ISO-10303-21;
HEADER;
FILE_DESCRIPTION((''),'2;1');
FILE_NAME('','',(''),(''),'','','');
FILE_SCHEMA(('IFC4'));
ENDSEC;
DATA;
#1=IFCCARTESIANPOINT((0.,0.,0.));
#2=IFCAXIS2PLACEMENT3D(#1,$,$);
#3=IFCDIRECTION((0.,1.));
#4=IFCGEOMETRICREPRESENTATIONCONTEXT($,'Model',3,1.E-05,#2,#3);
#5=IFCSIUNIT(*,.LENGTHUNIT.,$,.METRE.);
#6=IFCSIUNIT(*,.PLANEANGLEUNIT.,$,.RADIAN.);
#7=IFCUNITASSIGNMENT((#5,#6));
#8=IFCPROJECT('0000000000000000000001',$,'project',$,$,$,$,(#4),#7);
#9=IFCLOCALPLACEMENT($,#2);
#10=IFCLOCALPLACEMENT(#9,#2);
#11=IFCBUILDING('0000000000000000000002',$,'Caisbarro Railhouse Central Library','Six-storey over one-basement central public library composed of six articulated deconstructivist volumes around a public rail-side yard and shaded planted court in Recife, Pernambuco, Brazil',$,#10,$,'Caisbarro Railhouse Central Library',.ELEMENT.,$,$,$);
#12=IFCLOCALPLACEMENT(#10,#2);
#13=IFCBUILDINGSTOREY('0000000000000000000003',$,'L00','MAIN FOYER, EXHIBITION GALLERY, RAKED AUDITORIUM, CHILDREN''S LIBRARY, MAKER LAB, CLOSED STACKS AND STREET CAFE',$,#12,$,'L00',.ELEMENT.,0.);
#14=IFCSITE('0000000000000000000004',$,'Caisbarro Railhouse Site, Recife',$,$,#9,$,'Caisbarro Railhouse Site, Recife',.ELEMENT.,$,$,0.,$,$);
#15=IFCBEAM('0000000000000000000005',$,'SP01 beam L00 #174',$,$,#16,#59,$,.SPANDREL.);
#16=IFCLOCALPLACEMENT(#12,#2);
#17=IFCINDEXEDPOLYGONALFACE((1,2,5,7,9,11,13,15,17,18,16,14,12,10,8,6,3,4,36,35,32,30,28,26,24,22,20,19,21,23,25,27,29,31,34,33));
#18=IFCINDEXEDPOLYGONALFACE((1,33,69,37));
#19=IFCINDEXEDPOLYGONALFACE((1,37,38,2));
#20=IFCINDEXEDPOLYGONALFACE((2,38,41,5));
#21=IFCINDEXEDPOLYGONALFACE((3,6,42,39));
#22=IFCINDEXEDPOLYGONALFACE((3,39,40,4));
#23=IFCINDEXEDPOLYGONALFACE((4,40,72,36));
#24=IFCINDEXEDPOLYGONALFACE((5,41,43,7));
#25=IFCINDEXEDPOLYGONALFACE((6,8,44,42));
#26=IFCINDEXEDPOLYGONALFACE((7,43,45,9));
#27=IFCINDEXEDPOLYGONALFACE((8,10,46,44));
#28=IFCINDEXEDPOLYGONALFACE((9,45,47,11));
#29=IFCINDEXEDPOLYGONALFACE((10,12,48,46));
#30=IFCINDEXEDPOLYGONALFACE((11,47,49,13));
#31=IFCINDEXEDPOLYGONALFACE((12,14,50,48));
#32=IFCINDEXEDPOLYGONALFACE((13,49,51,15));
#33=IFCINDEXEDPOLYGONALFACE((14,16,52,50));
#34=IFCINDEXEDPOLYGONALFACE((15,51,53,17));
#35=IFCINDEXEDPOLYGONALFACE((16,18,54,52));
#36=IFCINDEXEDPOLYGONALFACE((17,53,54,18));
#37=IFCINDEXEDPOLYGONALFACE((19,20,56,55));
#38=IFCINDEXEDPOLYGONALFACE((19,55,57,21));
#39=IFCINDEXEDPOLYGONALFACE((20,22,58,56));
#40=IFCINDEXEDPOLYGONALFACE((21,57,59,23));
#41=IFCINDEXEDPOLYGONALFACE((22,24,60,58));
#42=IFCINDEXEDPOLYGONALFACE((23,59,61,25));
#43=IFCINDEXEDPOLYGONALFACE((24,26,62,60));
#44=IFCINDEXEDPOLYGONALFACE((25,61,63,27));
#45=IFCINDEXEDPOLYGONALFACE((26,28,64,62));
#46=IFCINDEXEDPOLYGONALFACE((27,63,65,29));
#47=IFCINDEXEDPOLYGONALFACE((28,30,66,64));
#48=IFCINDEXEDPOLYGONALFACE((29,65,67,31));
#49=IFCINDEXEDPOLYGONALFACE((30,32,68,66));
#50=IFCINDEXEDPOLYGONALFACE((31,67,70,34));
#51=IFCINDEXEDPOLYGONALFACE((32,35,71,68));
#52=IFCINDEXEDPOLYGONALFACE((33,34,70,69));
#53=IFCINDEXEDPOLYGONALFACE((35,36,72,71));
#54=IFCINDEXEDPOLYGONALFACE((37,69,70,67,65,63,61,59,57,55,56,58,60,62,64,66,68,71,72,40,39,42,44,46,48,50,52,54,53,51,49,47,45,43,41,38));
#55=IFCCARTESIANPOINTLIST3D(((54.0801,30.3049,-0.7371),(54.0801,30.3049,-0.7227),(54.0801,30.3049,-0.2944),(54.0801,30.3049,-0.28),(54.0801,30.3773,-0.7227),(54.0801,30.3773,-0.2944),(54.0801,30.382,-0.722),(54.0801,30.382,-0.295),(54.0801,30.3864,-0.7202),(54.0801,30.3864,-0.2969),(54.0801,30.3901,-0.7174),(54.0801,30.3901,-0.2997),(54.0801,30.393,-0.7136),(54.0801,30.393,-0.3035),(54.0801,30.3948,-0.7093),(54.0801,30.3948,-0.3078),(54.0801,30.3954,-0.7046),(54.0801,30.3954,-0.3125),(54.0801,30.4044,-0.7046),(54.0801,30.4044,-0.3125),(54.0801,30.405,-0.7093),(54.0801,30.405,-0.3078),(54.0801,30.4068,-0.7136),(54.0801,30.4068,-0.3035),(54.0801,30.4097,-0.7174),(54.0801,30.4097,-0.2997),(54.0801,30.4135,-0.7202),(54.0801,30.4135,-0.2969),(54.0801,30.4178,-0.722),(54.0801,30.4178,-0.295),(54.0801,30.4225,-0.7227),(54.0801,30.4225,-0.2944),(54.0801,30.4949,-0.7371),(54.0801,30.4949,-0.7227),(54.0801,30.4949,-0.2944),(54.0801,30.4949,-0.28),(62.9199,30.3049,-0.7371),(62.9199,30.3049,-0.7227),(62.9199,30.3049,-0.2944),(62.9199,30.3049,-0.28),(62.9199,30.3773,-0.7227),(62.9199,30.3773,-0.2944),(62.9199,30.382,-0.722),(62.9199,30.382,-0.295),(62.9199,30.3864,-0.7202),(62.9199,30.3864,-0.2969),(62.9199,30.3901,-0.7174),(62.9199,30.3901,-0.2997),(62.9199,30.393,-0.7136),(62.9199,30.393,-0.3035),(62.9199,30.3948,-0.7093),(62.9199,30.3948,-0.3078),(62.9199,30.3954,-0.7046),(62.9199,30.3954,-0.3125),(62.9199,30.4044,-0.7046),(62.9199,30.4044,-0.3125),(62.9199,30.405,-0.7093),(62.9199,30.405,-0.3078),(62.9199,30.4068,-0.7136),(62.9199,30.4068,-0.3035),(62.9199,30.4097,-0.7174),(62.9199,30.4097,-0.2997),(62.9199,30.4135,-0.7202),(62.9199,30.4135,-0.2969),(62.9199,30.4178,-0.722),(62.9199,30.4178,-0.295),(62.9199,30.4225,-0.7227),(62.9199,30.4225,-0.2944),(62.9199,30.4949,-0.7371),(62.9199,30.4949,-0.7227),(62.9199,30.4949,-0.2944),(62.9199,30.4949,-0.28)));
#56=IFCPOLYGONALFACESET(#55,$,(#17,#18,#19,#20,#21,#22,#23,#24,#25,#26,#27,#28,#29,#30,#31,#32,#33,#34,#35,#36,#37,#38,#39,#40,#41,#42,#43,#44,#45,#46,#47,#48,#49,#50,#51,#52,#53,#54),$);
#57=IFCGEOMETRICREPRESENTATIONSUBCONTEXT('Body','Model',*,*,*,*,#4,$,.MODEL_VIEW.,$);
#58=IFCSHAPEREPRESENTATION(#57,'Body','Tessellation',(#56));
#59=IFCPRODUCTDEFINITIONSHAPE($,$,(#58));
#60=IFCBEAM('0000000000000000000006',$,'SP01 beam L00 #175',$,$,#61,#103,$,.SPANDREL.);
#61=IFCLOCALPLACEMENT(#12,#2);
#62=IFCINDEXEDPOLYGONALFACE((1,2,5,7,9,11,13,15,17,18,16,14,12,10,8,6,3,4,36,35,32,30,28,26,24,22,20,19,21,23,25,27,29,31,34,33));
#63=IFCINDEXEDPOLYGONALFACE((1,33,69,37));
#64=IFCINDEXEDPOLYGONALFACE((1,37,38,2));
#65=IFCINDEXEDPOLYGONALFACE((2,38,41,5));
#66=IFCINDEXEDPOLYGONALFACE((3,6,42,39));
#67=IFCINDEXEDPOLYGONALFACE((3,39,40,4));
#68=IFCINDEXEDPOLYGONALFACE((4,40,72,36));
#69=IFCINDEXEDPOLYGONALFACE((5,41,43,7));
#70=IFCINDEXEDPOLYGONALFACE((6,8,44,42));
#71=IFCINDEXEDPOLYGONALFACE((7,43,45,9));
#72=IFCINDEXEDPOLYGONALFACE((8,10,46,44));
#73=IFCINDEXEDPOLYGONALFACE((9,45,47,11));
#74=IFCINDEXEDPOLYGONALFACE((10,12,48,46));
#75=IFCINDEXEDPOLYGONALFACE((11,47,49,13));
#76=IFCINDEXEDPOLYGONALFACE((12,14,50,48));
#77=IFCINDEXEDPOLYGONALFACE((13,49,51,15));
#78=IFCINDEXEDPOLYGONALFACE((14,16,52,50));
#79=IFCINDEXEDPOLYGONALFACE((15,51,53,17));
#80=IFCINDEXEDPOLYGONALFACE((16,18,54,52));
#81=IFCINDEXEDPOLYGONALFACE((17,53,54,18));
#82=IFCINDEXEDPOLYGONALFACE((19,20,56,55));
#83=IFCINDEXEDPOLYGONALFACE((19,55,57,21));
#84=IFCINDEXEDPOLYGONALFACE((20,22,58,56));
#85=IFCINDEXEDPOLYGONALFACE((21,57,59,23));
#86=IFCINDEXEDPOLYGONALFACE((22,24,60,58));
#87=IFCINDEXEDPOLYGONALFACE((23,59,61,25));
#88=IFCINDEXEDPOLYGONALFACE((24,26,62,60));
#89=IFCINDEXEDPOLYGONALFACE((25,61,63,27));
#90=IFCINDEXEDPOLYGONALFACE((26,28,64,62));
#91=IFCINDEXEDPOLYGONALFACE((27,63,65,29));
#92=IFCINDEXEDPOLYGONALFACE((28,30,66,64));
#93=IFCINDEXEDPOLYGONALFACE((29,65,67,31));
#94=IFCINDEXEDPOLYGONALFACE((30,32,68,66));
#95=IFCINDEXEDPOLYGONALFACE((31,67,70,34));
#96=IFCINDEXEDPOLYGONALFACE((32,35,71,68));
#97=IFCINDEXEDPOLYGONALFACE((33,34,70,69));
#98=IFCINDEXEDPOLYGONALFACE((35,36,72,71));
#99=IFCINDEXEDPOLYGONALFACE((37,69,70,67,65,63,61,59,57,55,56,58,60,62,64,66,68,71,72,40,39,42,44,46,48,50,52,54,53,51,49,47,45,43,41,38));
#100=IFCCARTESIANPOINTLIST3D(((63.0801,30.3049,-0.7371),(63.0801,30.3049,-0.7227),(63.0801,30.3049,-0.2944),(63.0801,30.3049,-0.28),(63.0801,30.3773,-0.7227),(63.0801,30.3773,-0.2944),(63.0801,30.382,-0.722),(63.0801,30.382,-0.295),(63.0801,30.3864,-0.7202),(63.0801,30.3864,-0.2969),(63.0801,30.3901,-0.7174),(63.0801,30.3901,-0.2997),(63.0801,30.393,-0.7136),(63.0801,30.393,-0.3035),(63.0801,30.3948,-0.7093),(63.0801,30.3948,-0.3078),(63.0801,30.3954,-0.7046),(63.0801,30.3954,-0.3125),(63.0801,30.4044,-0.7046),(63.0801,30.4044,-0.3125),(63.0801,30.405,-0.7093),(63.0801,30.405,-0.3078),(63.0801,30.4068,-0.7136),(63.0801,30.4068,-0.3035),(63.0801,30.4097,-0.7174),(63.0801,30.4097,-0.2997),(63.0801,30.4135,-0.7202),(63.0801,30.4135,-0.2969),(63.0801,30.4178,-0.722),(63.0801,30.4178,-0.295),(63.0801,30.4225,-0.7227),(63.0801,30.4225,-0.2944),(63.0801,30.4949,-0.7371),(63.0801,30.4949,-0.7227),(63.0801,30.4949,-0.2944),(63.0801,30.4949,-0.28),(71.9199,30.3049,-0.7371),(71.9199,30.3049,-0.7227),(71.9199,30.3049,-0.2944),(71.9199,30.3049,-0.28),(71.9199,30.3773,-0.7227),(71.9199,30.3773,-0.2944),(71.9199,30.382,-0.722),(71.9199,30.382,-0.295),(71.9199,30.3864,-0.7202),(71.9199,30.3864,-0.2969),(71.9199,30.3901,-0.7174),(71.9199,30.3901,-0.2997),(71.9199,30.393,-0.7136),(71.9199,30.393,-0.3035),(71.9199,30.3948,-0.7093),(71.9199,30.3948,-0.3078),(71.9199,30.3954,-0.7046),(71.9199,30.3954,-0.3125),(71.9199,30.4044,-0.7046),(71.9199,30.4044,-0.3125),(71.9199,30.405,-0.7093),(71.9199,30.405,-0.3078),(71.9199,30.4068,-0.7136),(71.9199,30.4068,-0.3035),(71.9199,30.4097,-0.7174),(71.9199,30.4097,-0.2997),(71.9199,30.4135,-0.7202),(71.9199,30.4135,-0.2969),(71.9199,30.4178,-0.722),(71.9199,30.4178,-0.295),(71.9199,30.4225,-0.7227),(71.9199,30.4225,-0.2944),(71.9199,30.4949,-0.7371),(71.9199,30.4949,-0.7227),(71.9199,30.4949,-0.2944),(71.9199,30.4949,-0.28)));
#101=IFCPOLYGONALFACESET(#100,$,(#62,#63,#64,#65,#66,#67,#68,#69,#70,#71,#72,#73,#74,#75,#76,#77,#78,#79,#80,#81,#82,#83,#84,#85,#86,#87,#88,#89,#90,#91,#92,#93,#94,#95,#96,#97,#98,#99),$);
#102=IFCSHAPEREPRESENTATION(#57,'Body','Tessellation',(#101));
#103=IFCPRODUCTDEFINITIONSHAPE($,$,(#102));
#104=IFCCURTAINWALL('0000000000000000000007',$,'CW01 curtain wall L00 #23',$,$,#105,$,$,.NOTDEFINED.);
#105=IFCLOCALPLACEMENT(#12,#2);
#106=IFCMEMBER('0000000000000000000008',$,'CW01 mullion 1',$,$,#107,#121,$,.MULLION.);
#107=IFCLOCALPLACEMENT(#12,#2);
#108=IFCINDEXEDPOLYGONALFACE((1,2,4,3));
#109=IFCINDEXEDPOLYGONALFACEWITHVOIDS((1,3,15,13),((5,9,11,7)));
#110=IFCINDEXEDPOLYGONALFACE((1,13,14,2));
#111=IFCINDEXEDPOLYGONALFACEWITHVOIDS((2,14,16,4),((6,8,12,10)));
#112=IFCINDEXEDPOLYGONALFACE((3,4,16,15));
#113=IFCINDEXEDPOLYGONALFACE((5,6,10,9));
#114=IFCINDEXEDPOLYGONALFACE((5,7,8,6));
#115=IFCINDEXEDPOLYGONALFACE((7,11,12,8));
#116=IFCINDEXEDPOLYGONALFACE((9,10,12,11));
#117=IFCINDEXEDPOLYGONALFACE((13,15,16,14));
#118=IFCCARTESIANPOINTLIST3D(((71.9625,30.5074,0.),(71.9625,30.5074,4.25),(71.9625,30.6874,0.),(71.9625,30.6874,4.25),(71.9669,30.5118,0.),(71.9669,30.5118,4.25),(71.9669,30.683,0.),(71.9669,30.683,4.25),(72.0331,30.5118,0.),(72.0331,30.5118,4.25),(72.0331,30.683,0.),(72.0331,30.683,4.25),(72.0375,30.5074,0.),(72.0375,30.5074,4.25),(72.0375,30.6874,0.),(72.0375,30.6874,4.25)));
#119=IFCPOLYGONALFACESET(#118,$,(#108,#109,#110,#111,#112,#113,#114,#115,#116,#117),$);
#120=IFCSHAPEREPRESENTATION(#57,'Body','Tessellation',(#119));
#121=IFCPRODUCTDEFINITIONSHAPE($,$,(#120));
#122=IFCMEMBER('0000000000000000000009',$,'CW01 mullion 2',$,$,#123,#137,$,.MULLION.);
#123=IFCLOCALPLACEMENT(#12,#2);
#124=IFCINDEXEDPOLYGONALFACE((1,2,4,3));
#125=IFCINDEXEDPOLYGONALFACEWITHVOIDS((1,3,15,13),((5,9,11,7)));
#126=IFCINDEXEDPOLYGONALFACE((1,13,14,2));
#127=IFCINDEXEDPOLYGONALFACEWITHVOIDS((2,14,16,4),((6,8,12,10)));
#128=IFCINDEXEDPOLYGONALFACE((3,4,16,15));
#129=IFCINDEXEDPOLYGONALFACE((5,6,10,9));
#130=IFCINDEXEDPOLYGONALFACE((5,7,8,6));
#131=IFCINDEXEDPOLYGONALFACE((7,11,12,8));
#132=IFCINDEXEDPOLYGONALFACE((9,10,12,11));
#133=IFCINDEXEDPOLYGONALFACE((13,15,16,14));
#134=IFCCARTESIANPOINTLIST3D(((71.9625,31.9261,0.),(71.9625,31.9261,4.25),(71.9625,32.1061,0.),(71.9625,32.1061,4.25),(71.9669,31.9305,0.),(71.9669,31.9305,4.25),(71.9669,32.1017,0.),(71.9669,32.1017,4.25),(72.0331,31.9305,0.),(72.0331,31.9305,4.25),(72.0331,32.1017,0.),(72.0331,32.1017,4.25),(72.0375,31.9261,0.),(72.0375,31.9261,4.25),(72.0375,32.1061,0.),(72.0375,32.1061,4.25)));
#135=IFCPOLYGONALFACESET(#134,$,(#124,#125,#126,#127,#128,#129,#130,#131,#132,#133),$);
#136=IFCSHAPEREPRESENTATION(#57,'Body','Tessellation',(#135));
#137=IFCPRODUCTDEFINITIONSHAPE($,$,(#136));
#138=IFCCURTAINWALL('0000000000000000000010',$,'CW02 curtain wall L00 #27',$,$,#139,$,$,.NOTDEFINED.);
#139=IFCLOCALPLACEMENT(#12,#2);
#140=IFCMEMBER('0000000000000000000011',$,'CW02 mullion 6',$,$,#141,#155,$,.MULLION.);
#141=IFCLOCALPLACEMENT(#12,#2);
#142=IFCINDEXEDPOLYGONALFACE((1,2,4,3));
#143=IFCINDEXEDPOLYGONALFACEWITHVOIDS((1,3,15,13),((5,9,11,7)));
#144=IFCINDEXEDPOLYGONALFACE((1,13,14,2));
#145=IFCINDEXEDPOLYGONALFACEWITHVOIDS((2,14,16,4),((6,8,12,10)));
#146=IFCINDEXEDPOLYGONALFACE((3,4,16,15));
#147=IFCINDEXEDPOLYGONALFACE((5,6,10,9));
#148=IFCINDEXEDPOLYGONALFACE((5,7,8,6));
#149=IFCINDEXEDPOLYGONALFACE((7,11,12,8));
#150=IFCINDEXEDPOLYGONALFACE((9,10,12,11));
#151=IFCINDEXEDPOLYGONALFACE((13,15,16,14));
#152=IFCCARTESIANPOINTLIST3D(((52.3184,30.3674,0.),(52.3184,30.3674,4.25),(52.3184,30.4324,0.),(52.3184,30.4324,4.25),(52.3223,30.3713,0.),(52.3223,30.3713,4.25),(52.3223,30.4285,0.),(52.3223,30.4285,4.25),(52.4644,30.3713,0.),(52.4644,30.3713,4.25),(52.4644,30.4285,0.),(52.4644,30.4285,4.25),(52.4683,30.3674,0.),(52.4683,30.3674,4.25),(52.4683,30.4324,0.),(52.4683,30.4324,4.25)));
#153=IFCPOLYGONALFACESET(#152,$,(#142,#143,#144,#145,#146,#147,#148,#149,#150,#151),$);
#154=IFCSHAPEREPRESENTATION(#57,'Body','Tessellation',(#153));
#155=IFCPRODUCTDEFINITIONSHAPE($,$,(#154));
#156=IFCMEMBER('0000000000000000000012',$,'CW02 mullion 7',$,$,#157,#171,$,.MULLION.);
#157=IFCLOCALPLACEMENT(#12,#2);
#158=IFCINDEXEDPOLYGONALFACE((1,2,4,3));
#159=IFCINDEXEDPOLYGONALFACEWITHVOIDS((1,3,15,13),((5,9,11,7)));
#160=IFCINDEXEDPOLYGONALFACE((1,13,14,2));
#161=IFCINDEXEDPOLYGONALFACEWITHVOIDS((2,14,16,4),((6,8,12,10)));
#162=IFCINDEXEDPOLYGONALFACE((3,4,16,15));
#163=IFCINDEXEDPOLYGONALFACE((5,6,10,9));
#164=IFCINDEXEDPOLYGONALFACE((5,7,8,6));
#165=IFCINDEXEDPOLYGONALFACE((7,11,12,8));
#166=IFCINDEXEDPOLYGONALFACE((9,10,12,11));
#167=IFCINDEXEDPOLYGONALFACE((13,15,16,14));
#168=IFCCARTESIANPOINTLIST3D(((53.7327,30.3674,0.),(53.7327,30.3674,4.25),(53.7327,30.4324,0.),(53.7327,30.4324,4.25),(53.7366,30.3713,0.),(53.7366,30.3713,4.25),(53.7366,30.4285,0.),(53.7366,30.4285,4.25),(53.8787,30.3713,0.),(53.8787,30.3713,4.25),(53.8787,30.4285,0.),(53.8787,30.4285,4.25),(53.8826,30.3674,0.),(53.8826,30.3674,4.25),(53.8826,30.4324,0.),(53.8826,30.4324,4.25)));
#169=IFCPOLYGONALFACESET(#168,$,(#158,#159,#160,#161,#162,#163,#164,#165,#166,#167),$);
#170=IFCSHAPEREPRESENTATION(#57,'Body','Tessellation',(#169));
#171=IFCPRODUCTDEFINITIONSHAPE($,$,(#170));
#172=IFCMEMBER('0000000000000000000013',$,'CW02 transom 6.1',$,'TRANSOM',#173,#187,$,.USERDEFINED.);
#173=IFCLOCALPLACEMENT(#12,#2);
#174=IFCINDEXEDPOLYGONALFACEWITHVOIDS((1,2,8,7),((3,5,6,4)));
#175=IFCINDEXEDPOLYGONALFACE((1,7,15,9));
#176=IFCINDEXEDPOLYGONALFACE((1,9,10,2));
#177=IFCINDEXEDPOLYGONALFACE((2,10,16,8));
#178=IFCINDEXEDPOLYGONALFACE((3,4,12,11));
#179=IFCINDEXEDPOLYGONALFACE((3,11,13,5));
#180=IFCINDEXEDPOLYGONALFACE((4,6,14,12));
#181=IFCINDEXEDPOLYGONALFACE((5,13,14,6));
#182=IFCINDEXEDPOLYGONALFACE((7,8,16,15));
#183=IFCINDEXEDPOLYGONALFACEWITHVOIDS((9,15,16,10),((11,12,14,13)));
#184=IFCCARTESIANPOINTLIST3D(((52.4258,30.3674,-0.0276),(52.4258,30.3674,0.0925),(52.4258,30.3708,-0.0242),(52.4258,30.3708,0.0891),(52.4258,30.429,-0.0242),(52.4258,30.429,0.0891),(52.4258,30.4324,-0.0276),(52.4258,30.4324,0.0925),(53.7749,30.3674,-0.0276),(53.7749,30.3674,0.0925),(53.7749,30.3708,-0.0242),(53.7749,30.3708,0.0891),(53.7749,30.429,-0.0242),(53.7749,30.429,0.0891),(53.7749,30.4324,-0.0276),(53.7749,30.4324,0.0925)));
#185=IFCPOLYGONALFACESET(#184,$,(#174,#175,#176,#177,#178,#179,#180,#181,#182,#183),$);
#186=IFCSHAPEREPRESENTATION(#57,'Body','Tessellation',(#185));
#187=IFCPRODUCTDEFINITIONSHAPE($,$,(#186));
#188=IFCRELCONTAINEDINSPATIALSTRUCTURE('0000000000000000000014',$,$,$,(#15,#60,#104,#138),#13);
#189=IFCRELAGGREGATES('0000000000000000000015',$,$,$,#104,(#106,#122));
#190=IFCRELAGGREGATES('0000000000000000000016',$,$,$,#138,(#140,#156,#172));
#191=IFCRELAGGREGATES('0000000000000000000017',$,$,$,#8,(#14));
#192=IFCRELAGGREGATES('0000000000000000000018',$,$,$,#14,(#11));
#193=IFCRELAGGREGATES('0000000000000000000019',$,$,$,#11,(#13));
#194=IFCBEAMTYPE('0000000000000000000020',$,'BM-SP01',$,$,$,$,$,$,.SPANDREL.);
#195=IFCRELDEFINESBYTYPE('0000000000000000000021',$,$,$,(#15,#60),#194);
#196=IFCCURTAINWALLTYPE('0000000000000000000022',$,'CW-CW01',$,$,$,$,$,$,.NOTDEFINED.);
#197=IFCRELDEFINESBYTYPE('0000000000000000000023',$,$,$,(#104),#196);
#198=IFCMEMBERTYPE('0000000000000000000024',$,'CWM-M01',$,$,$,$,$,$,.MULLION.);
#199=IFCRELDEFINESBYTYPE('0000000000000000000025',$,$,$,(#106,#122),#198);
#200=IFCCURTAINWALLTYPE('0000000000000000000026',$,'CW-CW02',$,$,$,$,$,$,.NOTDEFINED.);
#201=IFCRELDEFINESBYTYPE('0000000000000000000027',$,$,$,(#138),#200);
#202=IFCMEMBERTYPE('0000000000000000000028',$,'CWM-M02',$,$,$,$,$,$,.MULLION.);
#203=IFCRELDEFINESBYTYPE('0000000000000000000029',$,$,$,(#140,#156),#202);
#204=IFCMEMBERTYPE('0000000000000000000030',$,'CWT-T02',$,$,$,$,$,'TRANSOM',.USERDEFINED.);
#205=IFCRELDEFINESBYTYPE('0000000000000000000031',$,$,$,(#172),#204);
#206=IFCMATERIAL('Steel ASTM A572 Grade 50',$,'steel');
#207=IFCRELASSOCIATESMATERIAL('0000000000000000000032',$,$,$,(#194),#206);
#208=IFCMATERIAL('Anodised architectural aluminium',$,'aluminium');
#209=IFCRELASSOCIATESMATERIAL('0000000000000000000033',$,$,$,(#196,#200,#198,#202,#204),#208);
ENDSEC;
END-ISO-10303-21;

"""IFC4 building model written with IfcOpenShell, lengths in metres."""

from ifc_helpers import new_model, si_unit, direction, frame, origin, origin_2d, place, context, subcontext, project, spatial, hollow_rectangle, i_section, extrude, material, material_profile, profile_set, type_object, element, aggregate, save


model = new_model("IFC4")

# Units and contexts
model_context = context("Model", 3, precision=1e-05, world=origin(), true_north=direction((0.0, 1.0)))
body_context = subcontext(model_context, "Body", "Model", "MODEL_VIEW")
ifc_project = project(units=[si_unit("LENGTHUNIT", "METRE"), si_unit("PLANEANGLEUNIT", "RADIAN")], contexts=[model_context])

# Site, building, storey
site_placement = place(None, origin())
site = spatial("IfcSite", under=ifc_project, at=site_placement, Name="Caisbarro Railhouse Site, Recife", LongName="Caisbarro Railhouse Site, Recife", CompositionType="ELEMENT", RefElevation=0.0)
building_placement = place(site_placement, origin())
building = spatial("IfcBuilding", under=site, at=building_placement, Name="Caisbarro Railhouse Central Library", Description="Six-storey over one-basement central public library composed of six articulated deconstructivist volumes around a public rail-side yard and shaded planted court in Recife, Pernambuco, Brazil", LongName="Caisbarro Railhouse Central Library", CompositionType="ELEMENT")
storey_placement = place(building_placement, origin())
storey = spatial("IfcBuildingStorey", under=building, at=storey_placement, Name="L00", Description="MAIN FOYER, EXHIBITION GALLERY, RAKED AUDITORIUM, CHILDREN'S LIBRARY, MAKER LAB, CLOSED STACKS AND STREET CAFE", LongName="L00", CompositionType="ELEMENT", Elevation=0.0)

# Shared definitions
ifc_material_1 = material(Name="Steel ASTM A572 Grade 50", Category="steel")

# Beams
ifc_material_profile_1 = material_profile(ifc_material_1, i_section(OverallWidth=0.1899, OverallDepth=0.457, WebThickness=0.009, FlangeThickness=0.0144, FilletRadius=0.0181, at=origin_2d()), Name="W460X74.0")
ifc_profile_set_1 = profile_set([ifc_material_profile_1], Name="Steel ASTM A572 Grade 50")
beam_type_1 = type_object("IfcBeamType", Name="BM-SP01", PredefinedType="SPANDREL", material=ifc_profile_set_1)
for number, where, z_axis, x_axis, name in (
    (1, (54.0801, 30.3999, -0.5085), (1.0, 0.0, 0.0), (0.0, 1.0, 0.0), "SP01 beam L00 #174"),
    (2, (63.0801, 30.3999, -0.5085), (1.0, 0.0, 0.0), (0.0, 1.0, 0.0), "SP01 beam L00 #175"),
):
    element("IfcBeam", number, at=place(storey_placement, frame(where, z_axis=z_axis, x_axis=x_axis)), inside=storey, type_object=beam_type_1, Name=name, PredefinedType="SPANDREL", context=body_context, shape_type="SweptSolid", body=[
        extrude(i_section(OverallWidth=0.1899, OverallDepth=0.457, WebThickness=0.009, FlangeThickness=0.0144, FilletRadius=0.0181, at=origin_2d()), origin(), (0.0, 0.0, 1.0), 8.8398),
    ])

# Curtain wall, members
ifc_material_2 = material(Name="Anodised architectural aluminium", Category="aluminium")
curtain_wall_type_1 = type_object("IfcCurtainWallType", Name="CW-CW01", PredefinedType="NOTDEFINED", material=ifc_material_2)
curtain_wall_1_placement = place(storey_placement, origin())
curtain_wall_1 = element("IfcCurtainWall", 3, at=curtain_wall_1_placement, inside=storey, type_object=curtain_wall_type_1, Name="CW01 curtain wall L00 #23", PredefinedType="NOTDEFINED")
ifc_material_profile_2 = material_profile(ifc_material_2, hollow_rectangle(XDim=0.075, YDim=0.1799, WallThickness=0.0044, at=origin_2d()), Name="ALU-MUL-75X180")
ifc_profile_set_2 = profile_set([ifc_material_profile_2], Name="Anodised architectural aluminium")
member_type_1 = type_object("IfcMemberType", Name="CWM-M01", PredefinedType="MULLION", material=ifc_profile_set_2)
member_1_placement = place(storey_placement, frame((72.0, 30.5974, 0.0), z_axis=(0.0, 0.0, 1.0), x_axis=(-1.0, 0.0, 0.0)))
member_1 = element("IfcMember", 4, at=member_1_placement, type_object=member_type_1, Name="CW01 mullion 1", PredefinedType="MULLION", context=body_context, shape_type="SweptSolid", body=[
    extrude(hollow_rectangle(XDim=0.075, YDim=0.1799, WallThickness=0.0044, at=origin_2d()), origin(), (0.0, 0.0, 1.0), 4.25),
])
member_2_placement = place(storey_placement, frame((72.0, 32.0161, 0.0), z_axis=(0.0, 0.0, 1.0), x_axis=(-1.0, 0.0, 0.0)))
member_2 = element("IfcMember", 5, at=member_2_placement, type_object=member_type_1, Name="CW01 mullion 2", PredefinedType="MULLION", context=body_context, shape_type="SweptSolid", body=[
    extrude(hollow_rectangle(XDim=0.075, YDim=0.1799, WallThickness=0.0044, at=origin_2d()), origin(), (0.0, 0.0, 1.0), 4.25),
])
aggregate(curtain_wall_1, [member_1, member_2])

# Curtain wall, members
curtain_wall_type_2 = type_object("IfcCurtainWallType", Name="CW-CW02", PredefinedType="NOTDEFINED", material=ifc_material_2)
curtain_wall_2_placement = place(storey_placement, origin())
curtain_wall_2 = element("IfcCurtainWall", 6, at=curtain_wall_2_placement, inside=storey, type_object=curtain_wall_type_2, Name="CW02 curtain wall L00 #27", PredefinedType="NOTDEFINED")
ifc_material_profile_3 = material_profile(ifc_material_2, hollow_rectangle(XDim=0.0649, YDim=0.1499, WallThickness=0.0039, at=origin_2d()), Name="ALU-MUL-65X150")
ifc_profile_set_3 = profile_set([ifc_material_profile_3], Name="Anodised architectural aluminium")
member_type_2 = type_object("IfcMemberType", Name="CWM-M02", PredefinedType="MULLION", material=ifc_profile_set_3)
member_3_placement = place(storey_placement, frame((52.3933, 30.3999, 0.0), z_axis=(0.0, 0.0, 1.0), x_axis=(0.0, 1.0, 0.0)))
member_3 = element("IfcMember", 7, at=member_3_placement, type_object=member_type_2, Name="CW02 mullion 6", PredefinedType="MULLION", context=body_context, shape_type="SweptSolid", body=[
    extrude(hollow_rectangle(XDim=0.0649, YDim=0.1499, WallThickness=0.0039, at=origin_2d()), origin(), (0.0, 0.0, 1.0), 4.25),
])
member_4_placement = place(storey_placement, frame((53.8076, 30.3999, 0.0), z_axis=(0.0, 0.0, 1.0), x_axis=(0.0, 1.0, 0.0)))
member_4 = element("IfcMember", 8, at=member_4_placement, type_object=member_type_2, Name="CW02 mullion 7", PredefinedType="MULLION", context=body_context, shape_type="SweptSolid", body=[
    extrude(hollow_rectangle(XDim=0.0649, YDim=0.1499, WallThickness=0.0039, at=origin_2d()), origin(), (0.0, 0.0, 1.0), 4.25),
])
ifc_material_profile_4 = material_profile(ifc_material_2, hollow_rectangle(XDim=0.0649, YDim=0.1201, WallThickness=0.0034, at=origin_2d()), Name="ALU-TRN-65X120")
ifc_profile_set_4 = profile_set([ifc_material_profile_4], Name="Anodised architectural aluminium")
member_type_3 = type_object("IfcMemberType", Name="CWT-T02", ElementType="TRANSOM", PredefinedType="USERDEFINED", material=ifc_profile_set_4)
member_5_placement = place(storey_placement, frame((52.4258, 30.3999, 0.0325), z_axis=(1.0, 0.0, 0.0), x_axis=(0.0, 1.0, 0.0)))
member_5 = element("IfcMember", 9, at=member_5_placement, type_object=member_type_3, Name="CW02 transom 6.1", ObjectType="TRANSOM", PredefinedType="USERDEFINED", context=body_context, shape_type="SweptSolid", body=[
    extrude(hollow_rectangle(XDim=0.0649, YDim=0.1201, WallThickness=0.0034, at=origin_2d()), origin(), (0.0, 0.0, 1.0), 1.3491),
])
aggregate(curtain_wall_2, [member_3, member_4, member_5])

save(model, "model.ifc")
